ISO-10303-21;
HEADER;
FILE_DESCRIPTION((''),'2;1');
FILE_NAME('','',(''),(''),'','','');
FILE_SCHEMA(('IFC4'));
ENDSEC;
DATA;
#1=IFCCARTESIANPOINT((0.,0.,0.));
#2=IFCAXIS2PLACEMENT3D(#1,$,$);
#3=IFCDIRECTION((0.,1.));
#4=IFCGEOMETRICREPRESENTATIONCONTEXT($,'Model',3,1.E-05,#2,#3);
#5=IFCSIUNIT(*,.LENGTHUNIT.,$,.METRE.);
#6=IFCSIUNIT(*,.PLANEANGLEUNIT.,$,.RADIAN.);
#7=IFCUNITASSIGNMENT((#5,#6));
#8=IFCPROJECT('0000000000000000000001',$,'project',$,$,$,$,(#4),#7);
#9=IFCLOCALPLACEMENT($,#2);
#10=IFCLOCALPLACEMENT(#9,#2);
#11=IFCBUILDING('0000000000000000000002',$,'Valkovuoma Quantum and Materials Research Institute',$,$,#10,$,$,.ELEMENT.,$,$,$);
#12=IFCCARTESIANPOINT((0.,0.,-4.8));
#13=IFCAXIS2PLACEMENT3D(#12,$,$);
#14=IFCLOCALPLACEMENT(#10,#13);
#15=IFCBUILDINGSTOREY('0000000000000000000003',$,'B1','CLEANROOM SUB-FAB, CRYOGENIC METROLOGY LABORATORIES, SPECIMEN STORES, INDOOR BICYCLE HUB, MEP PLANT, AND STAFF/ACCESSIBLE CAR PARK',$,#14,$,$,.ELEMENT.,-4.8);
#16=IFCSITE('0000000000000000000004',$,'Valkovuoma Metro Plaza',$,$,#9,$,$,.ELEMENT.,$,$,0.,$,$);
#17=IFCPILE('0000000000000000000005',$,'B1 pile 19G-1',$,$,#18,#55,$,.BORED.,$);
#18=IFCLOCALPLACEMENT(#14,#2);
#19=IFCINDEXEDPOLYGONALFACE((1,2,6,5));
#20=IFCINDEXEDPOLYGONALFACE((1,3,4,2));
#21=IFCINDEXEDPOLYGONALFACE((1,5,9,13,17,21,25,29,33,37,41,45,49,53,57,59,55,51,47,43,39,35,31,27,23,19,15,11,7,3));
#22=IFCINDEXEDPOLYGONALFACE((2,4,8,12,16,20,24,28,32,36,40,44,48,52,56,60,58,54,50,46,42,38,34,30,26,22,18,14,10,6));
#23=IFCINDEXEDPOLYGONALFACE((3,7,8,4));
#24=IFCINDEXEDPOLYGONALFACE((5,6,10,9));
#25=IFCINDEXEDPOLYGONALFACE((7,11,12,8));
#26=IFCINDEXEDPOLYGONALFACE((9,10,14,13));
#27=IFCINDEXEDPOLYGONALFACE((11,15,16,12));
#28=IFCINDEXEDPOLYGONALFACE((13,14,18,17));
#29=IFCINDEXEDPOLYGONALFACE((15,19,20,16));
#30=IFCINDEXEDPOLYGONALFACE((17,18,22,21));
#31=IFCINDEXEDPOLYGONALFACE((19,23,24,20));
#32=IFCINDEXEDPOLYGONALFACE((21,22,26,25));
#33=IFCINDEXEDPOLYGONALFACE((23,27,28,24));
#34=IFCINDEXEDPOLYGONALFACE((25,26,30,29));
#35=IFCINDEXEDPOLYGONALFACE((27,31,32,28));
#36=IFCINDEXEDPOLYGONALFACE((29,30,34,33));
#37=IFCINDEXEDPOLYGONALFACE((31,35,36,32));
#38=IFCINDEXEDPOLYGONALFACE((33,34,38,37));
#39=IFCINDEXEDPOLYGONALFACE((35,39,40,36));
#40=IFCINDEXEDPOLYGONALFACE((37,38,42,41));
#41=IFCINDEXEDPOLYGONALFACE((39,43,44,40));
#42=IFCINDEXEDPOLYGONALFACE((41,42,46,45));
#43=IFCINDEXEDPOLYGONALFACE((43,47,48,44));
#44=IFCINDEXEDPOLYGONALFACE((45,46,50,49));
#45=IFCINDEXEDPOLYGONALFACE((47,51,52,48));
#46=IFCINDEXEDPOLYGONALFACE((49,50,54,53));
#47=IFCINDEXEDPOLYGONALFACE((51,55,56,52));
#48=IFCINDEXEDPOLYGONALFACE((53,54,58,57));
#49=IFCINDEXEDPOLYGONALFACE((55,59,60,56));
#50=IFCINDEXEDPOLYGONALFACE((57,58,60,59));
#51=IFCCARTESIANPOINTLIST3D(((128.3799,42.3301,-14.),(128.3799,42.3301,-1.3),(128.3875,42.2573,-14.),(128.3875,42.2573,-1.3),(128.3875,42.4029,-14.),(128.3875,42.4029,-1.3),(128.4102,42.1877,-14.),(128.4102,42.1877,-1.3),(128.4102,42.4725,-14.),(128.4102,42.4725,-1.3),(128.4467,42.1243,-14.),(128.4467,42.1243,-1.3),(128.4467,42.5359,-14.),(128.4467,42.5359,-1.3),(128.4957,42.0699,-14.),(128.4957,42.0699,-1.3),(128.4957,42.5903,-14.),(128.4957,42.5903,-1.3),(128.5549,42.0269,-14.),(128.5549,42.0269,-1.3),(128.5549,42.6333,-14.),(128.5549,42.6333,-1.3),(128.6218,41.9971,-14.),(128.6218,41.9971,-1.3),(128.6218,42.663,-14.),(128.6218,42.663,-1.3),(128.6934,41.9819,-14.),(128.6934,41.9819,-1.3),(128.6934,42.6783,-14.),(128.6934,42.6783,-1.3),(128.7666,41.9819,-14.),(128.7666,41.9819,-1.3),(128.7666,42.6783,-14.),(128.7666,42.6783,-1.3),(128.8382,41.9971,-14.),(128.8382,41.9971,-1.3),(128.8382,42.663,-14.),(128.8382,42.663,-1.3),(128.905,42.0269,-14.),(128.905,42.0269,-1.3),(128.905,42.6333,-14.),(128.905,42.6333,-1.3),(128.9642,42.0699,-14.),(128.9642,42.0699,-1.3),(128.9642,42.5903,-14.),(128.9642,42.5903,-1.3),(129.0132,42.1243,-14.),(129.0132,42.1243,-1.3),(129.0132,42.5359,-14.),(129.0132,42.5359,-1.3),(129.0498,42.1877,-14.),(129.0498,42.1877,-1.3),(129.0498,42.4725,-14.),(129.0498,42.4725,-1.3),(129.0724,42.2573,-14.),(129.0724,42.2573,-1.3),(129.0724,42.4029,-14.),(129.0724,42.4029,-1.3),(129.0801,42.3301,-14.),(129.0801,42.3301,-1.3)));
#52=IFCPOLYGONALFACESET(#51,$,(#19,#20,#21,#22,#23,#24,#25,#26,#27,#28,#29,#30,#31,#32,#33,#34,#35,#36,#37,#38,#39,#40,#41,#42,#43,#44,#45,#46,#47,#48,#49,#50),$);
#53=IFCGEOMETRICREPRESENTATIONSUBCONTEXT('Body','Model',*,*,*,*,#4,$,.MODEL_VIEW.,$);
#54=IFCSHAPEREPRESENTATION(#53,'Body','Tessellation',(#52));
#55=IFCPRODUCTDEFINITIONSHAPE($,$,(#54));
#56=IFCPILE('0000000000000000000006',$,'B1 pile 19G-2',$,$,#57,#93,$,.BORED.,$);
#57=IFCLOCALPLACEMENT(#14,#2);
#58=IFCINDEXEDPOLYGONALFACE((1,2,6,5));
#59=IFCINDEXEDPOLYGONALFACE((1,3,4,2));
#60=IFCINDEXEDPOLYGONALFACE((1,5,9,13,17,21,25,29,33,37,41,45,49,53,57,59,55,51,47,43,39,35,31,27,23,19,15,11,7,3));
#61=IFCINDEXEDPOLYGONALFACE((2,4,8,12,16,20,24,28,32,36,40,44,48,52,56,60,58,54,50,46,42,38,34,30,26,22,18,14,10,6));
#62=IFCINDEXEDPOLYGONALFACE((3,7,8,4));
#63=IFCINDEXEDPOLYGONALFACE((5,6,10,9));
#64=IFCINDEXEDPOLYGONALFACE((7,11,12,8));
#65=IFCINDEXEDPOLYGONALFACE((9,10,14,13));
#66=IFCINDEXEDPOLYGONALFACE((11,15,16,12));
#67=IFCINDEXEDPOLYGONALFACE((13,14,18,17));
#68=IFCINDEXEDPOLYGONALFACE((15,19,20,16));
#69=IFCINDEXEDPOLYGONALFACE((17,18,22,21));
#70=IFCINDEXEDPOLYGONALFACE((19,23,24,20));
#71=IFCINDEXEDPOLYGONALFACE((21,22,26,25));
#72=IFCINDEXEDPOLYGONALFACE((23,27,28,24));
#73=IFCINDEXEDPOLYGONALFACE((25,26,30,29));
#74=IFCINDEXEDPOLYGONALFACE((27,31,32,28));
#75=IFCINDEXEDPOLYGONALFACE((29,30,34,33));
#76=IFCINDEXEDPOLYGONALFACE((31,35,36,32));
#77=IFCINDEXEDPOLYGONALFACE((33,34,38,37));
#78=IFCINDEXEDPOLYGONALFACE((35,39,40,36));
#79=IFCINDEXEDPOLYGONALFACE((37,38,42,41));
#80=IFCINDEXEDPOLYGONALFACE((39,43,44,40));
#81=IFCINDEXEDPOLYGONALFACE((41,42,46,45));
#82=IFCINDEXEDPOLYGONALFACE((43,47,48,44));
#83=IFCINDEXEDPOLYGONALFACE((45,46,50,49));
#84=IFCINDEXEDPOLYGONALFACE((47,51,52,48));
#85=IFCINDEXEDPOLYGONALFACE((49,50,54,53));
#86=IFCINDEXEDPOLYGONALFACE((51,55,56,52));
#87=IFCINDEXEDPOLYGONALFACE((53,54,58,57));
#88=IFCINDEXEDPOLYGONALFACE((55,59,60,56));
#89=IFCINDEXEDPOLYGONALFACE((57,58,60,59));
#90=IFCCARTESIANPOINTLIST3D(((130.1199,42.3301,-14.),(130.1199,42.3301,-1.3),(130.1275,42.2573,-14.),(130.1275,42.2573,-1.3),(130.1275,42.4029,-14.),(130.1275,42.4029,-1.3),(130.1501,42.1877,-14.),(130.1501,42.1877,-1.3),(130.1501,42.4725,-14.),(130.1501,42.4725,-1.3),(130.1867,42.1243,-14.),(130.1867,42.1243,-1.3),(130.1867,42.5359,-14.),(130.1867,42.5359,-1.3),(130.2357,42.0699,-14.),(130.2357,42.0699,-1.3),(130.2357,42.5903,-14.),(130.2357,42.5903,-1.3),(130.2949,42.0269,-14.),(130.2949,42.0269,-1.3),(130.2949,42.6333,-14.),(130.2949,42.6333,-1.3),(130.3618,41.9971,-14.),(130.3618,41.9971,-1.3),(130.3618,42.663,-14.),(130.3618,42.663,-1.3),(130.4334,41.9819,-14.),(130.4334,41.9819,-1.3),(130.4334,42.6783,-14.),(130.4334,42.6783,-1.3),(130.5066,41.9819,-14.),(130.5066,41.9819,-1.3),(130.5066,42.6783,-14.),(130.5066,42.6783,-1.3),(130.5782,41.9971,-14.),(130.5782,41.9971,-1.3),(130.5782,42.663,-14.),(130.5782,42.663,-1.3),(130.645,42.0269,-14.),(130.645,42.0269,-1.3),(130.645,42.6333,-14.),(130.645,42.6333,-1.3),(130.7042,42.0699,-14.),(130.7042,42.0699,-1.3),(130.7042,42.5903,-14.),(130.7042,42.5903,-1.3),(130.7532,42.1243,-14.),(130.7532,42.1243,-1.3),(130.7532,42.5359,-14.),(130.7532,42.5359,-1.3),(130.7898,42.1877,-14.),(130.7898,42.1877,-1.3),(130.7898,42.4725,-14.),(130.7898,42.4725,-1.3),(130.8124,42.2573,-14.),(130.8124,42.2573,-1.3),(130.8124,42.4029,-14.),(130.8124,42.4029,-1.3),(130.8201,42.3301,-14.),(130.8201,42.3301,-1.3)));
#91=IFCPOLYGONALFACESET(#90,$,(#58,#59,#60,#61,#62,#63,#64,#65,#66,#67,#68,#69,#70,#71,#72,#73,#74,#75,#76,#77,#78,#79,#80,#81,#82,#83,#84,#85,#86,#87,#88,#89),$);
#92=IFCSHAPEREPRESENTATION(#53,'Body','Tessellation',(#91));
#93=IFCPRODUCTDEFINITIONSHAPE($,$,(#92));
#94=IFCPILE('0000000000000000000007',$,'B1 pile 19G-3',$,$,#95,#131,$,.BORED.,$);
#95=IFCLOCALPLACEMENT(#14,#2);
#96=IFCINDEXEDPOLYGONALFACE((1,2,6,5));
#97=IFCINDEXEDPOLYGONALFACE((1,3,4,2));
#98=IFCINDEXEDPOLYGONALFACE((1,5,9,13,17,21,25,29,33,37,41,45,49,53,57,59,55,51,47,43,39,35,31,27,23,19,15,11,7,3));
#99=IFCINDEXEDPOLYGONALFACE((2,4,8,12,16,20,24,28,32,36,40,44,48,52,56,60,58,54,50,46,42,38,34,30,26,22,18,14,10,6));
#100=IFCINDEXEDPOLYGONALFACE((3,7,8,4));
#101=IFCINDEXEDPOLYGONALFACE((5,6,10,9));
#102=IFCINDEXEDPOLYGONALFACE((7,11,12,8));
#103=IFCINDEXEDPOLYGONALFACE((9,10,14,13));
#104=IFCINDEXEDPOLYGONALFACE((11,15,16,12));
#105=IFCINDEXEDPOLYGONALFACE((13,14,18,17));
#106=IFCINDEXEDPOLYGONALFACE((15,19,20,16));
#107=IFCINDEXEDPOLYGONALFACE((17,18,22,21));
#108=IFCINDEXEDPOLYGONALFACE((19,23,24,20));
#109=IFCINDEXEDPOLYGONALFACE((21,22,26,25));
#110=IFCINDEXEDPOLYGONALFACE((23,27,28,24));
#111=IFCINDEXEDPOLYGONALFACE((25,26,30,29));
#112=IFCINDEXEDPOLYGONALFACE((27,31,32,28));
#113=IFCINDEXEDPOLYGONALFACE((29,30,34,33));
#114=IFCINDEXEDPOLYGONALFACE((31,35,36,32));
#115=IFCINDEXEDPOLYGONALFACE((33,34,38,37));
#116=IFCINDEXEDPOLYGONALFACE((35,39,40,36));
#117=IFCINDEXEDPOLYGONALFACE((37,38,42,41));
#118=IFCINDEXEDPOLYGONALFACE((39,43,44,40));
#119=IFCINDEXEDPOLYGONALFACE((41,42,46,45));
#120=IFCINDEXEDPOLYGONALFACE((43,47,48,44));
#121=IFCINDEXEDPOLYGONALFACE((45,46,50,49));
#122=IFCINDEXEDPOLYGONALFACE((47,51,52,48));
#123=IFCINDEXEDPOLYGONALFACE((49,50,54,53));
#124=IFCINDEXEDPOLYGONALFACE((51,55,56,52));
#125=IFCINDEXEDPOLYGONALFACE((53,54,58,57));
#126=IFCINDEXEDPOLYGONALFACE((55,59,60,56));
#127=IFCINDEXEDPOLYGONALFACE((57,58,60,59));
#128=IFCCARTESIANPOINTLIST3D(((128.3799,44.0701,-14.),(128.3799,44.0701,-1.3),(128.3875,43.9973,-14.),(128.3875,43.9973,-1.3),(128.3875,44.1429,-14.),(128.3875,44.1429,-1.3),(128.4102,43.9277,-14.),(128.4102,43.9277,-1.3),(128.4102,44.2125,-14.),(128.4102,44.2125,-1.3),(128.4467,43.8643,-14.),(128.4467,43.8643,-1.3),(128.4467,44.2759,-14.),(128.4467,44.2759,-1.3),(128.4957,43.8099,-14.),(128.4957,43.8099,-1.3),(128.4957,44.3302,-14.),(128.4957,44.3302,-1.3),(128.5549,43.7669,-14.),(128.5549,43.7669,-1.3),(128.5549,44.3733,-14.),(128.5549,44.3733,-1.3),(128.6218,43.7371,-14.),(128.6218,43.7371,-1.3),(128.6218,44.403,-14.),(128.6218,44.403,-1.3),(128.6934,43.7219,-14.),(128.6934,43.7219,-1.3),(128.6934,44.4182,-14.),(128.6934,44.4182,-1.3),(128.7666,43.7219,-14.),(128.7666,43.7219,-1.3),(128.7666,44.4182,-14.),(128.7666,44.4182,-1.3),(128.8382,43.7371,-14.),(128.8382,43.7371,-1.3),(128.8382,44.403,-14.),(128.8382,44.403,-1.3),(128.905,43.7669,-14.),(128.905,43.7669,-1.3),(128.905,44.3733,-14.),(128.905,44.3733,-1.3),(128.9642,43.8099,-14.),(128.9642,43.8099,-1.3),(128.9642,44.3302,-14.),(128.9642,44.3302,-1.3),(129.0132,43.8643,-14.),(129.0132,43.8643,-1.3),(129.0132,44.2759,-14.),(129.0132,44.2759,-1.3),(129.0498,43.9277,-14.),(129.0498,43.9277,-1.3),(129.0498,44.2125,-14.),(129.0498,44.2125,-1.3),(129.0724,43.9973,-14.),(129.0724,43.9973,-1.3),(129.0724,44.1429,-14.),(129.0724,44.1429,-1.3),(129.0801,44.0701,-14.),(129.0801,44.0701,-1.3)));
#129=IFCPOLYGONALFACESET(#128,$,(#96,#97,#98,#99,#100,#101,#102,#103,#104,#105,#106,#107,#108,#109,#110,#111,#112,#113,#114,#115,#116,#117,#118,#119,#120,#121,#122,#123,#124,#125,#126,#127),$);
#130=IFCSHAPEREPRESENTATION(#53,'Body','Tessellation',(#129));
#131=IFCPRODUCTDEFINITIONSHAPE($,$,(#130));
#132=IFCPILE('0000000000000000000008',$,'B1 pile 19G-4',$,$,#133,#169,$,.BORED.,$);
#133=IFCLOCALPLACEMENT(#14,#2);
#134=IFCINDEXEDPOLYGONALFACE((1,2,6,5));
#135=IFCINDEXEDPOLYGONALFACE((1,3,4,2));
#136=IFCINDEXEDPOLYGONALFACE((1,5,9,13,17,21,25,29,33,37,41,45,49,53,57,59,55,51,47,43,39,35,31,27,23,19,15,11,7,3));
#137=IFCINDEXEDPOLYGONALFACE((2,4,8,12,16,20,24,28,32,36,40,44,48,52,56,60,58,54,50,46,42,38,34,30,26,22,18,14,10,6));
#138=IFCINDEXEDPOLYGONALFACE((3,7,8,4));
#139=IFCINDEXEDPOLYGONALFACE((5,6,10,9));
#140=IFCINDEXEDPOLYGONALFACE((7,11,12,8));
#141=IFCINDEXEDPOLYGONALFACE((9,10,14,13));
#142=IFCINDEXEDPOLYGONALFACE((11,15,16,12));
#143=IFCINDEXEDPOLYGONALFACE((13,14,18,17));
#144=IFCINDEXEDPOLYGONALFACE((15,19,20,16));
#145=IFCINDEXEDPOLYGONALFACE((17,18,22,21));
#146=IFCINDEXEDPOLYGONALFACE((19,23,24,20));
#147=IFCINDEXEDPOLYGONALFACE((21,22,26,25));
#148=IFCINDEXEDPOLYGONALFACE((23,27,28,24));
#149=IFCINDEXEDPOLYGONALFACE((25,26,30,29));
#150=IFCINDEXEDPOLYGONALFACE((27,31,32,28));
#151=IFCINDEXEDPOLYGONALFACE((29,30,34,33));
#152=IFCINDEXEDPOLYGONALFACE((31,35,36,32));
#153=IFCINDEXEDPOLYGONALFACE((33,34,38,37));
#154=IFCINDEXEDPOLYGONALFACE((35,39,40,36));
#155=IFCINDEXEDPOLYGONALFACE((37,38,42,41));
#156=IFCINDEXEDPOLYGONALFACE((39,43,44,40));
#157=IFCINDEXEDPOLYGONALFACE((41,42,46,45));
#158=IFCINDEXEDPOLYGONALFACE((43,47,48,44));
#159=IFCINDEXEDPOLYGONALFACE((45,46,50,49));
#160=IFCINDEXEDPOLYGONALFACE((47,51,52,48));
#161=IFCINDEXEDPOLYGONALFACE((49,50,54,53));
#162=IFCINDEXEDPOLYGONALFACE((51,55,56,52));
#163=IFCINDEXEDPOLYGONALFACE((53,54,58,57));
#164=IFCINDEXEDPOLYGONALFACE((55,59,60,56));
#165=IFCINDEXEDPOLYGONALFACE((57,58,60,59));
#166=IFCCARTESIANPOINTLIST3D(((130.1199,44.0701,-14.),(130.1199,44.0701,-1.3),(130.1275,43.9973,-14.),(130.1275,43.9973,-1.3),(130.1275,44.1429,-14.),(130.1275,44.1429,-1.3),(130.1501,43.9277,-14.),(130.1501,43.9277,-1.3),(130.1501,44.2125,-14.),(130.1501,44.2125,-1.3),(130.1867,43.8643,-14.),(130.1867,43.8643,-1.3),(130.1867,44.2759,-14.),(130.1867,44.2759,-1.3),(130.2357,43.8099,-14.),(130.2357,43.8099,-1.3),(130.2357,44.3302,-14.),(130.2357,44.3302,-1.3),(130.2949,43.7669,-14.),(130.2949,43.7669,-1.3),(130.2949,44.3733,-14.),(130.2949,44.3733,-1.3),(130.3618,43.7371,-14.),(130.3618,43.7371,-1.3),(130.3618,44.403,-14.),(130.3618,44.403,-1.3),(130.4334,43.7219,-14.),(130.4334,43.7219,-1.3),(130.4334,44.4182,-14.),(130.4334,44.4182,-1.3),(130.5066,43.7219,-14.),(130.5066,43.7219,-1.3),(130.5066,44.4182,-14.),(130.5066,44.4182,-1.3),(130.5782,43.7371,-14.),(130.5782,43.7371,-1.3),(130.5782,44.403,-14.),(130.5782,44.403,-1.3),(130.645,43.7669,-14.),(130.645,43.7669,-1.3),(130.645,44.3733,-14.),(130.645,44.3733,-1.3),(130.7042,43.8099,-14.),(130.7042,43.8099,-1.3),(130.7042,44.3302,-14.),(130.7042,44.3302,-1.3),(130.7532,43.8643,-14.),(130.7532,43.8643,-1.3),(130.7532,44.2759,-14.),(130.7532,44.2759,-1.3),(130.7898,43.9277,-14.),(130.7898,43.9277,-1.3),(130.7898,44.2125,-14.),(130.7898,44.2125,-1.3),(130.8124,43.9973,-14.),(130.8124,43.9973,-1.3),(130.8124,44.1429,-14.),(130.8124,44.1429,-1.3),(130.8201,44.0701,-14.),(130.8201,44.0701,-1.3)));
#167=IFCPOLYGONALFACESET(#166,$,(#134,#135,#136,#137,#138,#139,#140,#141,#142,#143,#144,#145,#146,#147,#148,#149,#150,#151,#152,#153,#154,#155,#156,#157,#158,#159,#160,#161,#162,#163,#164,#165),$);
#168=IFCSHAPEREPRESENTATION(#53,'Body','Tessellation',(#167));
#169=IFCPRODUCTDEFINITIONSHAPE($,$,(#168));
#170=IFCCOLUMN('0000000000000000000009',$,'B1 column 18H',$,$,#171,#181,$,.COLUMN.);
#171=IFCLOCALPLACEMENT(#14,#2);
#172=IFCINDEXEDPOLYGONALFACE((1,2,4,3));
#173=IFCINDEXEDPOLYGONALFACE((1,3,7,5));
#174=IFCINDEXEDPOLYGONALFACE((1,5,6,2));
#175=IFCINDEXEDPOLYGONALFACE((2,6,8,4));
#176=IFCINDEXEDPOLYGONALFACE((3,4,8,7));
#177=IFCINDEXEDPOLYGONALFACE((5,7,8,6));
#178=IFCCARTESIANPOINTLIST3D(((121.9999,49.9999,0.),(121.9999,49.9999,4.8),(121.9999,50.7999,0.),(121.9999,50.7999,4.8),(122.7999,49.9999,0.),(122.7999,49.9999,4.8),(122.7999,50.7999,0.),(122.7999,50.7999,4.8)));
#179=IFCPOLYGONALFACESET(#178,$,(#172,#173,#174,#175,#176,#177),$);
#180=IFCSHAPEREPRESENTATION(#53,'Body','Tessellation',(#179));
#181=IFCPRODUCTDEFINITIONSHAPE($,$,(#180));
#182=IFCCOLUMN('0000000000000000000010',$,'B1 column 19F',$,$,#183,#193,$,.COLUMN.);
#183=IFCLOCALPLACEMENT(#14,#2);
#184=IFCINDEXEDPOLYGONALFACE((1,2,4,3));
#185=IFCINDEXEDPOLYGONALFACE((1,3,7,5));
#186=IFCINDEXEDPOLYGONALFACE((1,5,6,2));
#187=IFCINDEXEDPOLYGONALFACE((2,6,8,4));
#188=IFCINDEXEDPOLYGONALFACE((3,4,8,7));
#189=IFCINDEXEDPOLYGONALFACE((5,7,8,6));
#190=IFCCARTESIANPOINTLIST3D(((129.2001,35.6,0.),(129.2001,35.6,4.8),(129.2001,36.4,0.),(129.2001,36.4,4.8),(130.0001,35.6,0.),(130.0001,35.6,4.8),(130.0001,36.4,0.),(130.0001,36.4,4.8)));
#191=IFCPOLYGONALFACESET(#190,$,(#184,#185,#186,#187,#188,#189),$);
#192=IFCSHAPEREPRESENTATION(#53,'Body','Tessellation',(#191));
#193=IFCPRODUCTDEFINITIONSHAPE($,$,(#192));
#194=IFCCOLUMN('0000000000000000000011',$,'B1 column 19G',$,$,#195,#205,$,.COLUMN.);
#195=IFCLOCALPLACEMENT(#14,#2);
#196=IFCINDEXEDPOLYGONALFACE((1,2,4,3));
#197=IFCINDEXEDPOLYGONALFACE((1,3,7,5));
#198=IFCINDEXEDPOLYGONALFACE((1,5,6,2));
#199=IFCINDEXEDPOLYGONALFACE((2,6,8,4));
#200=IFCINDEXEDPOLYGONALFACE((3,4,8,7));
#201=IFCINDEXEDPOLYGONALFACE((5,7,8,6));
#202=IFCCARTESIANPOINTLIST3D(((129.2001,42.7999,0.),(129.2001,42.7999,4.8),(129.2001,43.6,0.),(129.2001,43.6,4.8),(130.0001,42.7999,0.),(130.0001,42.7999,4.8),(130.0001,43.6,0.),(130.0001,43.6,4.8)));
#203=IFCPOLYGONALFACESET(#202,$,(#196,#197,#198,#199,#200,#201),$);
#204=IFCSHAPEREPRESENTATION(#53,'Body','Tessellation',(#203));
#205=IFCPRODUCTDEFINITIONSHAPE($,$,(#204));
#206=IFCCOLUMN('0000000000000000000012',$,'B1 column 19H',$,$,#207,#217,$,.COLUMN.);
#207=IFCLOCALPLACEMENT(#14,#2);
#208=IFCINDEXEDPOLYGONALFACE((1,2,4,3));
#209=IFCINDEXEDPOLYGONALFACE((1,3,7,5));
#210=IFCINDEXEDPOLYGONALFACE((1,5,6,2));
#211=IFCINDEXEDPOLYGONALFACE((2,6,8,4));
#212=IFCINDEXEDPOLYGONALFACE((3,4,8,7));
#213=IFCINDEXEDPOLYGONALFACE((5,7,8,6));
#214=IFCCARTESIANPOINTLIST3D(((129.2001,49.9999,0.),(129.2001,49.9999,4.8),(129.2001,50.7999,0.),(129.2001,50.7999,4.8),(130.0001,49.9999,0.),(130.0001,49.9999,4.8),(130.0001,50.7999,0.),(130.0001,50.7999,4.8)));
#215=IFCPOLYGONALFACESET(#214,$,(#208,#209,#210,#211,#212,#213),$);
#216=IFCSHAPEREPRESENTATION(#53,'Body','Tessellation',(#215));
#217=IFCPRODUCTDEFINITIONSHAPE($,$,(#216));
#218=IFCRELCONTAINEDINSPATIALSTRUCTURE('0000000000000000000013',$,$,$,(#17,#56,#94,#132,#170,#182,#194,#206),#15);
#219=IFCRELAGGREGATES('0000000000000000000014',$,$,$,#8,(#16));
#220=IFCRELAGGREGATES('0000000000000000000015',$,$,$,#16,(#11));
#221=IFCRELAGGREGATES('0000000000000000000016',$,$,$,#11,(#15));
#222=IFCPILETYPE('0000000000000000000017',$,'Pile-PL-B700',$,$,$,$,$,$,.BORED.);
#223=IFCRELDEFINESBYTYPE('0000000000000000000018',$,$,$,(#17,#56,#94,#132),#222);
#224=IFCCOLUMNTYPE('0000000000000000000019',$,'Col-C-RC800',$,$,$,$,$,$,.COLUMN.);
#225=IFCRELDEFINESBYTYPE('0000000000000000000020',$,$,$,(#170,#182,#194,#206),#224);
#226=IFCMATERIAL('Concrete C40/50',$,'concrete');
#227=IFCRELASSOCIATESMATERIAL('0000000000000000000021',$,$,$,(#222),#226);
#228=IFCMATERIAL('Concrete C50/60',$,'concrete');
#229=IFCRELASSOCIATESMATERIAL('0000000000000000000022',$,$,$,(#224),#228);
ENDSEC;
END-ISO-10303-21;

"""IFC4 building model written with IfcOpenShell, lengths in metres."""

from ifc_helpers import new_model, si_unit, direction, frame, origin, origin_2d, place, context, subcontext, project, spatial, rectangle, circle, extrude, material, material_profile, profile_set, type_object, element, save


model = new_model("IFC4")

# Units and contexts
model_context = context("Model", 3, precision=1e-05, world=origin(), true_north=direction((0.0, 1.0)))
body_context = subcontext(model_context, "Body", "Model", "MODEL_VIEW")
ifc_project = project(units=[si_unit("LENGTHUNIT", "METRE"), si_unit("PLANEANGLEUNIT", "RADIAN")], contexts=[model_context])

# Site, building, storey
site_placement = place(None, origin())
site = spatial("IfcSite", under=ifc_project, at=site_placement, Name="Valkovuoma Metro Plaza", CompositionType="ELEMENT", RefElevation=0.0)
building_placement = place(site_placement, origin())
building = spatial("IfcBuilding", under=site, at=building_placement, Name="Valkovuoma Quantum and Materials Research Institute", CompositionType="ELEMENT")
storey_placement = place(building_placement, frame((0.0, 0.0, -4.8)))
storey = spatial("IfcBuildingStorey", under=building, at=storey_placement, Name="B1", Description="CLEANROOM SUB-FAB, CRYOGENIC METROLOGY LABORATORIES, SPECIMEN STORES, INDOOR BICYCLE HUB, MEP PLANT, AND STAFF/ACCESSIBLE CAR PARK", CompositionType="ELEMENT", Elevation=-4.8)

# Piles
ifc_material_1 = material(Name="Concrete C40/50", Category="concrete")
ifc_material_profile_1 = material_profile(ifc_material_1, circle(Radius=0.3501, at=origin_2d()), Name="Concrete C40/50")
ifc_profile_set_1 = profile_set([ifc_material_profile_1], Name="Concrete C40/50")
pile_type_1 = type_object("IfcPileType", Name="Pile-PL-B700", PredefinedType="BORED", material=ifc_profile_set_1)
for number, where, z_axis, x_axis, name in (
    (1, (128.73, 42.3301, -1.3), (0.0, 0.0, -1.0), (1.0, 0.0, 0.0), "B1 pile 19G-1"),
    (2, (130.47, 42.3301, -1.3), (0.0, 0.0, -1.0), (1.0, 0.0, 0.0), "B1 pile 19G-2"),
    (3, (128.73, 44.0701, -1.3), (0.0, 0.0, -1.0), (1.0, 0.0, 0.0), "B1 pile 19G-3"),
    (4, (130.47, 44.0701, -1.3), (0.0, 0.0, -1.0), (1.0, 0.0, 0.0), "B1 pile 19G-4"),
):
    element("IfcPile", number, at=place(storey_placement, frame(where, z_axis=z_axis, x_axis=x_axis)), inside=storey, type_object=pile_type_1, Name=name, PredefinedType="BORED", context=body_context, shape_type="SweptSolid", body=[
        extrude(circle(Radius=0.3501, at=origin_2d()), origin(), (0.0, 0.0, 1.0), 12.7),
    ])

# Columns
ifc_material_2 = material(Name="Concrete C50/60", Category="concrete")
ifc_material_profile_2 = material_profile(ifc_material_2, rectangle(XDim=0.8, YDim=0.8, at=origin_2d()), Name="Concrete C50/60")
ifc_profile_set_2 = profile_set([ifc_material_profile_2], Name="Concrete C50/60")
column_type = type_object("IfcColumnType", Name="Col-C-RC800", PredefinedType="COLUMN", material=ifc_profile_set_2)
for number, where, z_axis, x_axis, name in (
    (5, (122.3999, 50.3999, 0.0), (0.0, 0.0, 1.0), (1.0, 0.0, 0.0), "B1 column 18H"),
    (6, (129.6001, 36.0, 0.0), (0.0, 0.0, 1.0), (1.0, 0.0, 0.0), "B1 column 19F"),
    (7, (129.6001, 43.2, 0.0), (0.0, 0.0, 1.0), (1.0, 0.0, 0.0), "B1 column 19G"),
    (8, (129.6001, 50.3999, 0.0), (0.0, 0.0, 1.0), (1.0, 0.0, 0.0), "B1 column 19H"),
):
    element("IfcColumn", number, at=place(storey_placement, frame(where, z_axis=z_axis, x_axis=x_axis)), inside=storey, type_object=column_type, Name=name, PredefinedType="COLUMN", context=body_context, shape_type="SweptSolid", body=[
        extrude(rectangle(XDim=0.8, YDim=0.8, at=origin_2d()), origin(), (0.0, 0.0, 1.0), 4.8),
    ])

save(model, "model.ifc")
